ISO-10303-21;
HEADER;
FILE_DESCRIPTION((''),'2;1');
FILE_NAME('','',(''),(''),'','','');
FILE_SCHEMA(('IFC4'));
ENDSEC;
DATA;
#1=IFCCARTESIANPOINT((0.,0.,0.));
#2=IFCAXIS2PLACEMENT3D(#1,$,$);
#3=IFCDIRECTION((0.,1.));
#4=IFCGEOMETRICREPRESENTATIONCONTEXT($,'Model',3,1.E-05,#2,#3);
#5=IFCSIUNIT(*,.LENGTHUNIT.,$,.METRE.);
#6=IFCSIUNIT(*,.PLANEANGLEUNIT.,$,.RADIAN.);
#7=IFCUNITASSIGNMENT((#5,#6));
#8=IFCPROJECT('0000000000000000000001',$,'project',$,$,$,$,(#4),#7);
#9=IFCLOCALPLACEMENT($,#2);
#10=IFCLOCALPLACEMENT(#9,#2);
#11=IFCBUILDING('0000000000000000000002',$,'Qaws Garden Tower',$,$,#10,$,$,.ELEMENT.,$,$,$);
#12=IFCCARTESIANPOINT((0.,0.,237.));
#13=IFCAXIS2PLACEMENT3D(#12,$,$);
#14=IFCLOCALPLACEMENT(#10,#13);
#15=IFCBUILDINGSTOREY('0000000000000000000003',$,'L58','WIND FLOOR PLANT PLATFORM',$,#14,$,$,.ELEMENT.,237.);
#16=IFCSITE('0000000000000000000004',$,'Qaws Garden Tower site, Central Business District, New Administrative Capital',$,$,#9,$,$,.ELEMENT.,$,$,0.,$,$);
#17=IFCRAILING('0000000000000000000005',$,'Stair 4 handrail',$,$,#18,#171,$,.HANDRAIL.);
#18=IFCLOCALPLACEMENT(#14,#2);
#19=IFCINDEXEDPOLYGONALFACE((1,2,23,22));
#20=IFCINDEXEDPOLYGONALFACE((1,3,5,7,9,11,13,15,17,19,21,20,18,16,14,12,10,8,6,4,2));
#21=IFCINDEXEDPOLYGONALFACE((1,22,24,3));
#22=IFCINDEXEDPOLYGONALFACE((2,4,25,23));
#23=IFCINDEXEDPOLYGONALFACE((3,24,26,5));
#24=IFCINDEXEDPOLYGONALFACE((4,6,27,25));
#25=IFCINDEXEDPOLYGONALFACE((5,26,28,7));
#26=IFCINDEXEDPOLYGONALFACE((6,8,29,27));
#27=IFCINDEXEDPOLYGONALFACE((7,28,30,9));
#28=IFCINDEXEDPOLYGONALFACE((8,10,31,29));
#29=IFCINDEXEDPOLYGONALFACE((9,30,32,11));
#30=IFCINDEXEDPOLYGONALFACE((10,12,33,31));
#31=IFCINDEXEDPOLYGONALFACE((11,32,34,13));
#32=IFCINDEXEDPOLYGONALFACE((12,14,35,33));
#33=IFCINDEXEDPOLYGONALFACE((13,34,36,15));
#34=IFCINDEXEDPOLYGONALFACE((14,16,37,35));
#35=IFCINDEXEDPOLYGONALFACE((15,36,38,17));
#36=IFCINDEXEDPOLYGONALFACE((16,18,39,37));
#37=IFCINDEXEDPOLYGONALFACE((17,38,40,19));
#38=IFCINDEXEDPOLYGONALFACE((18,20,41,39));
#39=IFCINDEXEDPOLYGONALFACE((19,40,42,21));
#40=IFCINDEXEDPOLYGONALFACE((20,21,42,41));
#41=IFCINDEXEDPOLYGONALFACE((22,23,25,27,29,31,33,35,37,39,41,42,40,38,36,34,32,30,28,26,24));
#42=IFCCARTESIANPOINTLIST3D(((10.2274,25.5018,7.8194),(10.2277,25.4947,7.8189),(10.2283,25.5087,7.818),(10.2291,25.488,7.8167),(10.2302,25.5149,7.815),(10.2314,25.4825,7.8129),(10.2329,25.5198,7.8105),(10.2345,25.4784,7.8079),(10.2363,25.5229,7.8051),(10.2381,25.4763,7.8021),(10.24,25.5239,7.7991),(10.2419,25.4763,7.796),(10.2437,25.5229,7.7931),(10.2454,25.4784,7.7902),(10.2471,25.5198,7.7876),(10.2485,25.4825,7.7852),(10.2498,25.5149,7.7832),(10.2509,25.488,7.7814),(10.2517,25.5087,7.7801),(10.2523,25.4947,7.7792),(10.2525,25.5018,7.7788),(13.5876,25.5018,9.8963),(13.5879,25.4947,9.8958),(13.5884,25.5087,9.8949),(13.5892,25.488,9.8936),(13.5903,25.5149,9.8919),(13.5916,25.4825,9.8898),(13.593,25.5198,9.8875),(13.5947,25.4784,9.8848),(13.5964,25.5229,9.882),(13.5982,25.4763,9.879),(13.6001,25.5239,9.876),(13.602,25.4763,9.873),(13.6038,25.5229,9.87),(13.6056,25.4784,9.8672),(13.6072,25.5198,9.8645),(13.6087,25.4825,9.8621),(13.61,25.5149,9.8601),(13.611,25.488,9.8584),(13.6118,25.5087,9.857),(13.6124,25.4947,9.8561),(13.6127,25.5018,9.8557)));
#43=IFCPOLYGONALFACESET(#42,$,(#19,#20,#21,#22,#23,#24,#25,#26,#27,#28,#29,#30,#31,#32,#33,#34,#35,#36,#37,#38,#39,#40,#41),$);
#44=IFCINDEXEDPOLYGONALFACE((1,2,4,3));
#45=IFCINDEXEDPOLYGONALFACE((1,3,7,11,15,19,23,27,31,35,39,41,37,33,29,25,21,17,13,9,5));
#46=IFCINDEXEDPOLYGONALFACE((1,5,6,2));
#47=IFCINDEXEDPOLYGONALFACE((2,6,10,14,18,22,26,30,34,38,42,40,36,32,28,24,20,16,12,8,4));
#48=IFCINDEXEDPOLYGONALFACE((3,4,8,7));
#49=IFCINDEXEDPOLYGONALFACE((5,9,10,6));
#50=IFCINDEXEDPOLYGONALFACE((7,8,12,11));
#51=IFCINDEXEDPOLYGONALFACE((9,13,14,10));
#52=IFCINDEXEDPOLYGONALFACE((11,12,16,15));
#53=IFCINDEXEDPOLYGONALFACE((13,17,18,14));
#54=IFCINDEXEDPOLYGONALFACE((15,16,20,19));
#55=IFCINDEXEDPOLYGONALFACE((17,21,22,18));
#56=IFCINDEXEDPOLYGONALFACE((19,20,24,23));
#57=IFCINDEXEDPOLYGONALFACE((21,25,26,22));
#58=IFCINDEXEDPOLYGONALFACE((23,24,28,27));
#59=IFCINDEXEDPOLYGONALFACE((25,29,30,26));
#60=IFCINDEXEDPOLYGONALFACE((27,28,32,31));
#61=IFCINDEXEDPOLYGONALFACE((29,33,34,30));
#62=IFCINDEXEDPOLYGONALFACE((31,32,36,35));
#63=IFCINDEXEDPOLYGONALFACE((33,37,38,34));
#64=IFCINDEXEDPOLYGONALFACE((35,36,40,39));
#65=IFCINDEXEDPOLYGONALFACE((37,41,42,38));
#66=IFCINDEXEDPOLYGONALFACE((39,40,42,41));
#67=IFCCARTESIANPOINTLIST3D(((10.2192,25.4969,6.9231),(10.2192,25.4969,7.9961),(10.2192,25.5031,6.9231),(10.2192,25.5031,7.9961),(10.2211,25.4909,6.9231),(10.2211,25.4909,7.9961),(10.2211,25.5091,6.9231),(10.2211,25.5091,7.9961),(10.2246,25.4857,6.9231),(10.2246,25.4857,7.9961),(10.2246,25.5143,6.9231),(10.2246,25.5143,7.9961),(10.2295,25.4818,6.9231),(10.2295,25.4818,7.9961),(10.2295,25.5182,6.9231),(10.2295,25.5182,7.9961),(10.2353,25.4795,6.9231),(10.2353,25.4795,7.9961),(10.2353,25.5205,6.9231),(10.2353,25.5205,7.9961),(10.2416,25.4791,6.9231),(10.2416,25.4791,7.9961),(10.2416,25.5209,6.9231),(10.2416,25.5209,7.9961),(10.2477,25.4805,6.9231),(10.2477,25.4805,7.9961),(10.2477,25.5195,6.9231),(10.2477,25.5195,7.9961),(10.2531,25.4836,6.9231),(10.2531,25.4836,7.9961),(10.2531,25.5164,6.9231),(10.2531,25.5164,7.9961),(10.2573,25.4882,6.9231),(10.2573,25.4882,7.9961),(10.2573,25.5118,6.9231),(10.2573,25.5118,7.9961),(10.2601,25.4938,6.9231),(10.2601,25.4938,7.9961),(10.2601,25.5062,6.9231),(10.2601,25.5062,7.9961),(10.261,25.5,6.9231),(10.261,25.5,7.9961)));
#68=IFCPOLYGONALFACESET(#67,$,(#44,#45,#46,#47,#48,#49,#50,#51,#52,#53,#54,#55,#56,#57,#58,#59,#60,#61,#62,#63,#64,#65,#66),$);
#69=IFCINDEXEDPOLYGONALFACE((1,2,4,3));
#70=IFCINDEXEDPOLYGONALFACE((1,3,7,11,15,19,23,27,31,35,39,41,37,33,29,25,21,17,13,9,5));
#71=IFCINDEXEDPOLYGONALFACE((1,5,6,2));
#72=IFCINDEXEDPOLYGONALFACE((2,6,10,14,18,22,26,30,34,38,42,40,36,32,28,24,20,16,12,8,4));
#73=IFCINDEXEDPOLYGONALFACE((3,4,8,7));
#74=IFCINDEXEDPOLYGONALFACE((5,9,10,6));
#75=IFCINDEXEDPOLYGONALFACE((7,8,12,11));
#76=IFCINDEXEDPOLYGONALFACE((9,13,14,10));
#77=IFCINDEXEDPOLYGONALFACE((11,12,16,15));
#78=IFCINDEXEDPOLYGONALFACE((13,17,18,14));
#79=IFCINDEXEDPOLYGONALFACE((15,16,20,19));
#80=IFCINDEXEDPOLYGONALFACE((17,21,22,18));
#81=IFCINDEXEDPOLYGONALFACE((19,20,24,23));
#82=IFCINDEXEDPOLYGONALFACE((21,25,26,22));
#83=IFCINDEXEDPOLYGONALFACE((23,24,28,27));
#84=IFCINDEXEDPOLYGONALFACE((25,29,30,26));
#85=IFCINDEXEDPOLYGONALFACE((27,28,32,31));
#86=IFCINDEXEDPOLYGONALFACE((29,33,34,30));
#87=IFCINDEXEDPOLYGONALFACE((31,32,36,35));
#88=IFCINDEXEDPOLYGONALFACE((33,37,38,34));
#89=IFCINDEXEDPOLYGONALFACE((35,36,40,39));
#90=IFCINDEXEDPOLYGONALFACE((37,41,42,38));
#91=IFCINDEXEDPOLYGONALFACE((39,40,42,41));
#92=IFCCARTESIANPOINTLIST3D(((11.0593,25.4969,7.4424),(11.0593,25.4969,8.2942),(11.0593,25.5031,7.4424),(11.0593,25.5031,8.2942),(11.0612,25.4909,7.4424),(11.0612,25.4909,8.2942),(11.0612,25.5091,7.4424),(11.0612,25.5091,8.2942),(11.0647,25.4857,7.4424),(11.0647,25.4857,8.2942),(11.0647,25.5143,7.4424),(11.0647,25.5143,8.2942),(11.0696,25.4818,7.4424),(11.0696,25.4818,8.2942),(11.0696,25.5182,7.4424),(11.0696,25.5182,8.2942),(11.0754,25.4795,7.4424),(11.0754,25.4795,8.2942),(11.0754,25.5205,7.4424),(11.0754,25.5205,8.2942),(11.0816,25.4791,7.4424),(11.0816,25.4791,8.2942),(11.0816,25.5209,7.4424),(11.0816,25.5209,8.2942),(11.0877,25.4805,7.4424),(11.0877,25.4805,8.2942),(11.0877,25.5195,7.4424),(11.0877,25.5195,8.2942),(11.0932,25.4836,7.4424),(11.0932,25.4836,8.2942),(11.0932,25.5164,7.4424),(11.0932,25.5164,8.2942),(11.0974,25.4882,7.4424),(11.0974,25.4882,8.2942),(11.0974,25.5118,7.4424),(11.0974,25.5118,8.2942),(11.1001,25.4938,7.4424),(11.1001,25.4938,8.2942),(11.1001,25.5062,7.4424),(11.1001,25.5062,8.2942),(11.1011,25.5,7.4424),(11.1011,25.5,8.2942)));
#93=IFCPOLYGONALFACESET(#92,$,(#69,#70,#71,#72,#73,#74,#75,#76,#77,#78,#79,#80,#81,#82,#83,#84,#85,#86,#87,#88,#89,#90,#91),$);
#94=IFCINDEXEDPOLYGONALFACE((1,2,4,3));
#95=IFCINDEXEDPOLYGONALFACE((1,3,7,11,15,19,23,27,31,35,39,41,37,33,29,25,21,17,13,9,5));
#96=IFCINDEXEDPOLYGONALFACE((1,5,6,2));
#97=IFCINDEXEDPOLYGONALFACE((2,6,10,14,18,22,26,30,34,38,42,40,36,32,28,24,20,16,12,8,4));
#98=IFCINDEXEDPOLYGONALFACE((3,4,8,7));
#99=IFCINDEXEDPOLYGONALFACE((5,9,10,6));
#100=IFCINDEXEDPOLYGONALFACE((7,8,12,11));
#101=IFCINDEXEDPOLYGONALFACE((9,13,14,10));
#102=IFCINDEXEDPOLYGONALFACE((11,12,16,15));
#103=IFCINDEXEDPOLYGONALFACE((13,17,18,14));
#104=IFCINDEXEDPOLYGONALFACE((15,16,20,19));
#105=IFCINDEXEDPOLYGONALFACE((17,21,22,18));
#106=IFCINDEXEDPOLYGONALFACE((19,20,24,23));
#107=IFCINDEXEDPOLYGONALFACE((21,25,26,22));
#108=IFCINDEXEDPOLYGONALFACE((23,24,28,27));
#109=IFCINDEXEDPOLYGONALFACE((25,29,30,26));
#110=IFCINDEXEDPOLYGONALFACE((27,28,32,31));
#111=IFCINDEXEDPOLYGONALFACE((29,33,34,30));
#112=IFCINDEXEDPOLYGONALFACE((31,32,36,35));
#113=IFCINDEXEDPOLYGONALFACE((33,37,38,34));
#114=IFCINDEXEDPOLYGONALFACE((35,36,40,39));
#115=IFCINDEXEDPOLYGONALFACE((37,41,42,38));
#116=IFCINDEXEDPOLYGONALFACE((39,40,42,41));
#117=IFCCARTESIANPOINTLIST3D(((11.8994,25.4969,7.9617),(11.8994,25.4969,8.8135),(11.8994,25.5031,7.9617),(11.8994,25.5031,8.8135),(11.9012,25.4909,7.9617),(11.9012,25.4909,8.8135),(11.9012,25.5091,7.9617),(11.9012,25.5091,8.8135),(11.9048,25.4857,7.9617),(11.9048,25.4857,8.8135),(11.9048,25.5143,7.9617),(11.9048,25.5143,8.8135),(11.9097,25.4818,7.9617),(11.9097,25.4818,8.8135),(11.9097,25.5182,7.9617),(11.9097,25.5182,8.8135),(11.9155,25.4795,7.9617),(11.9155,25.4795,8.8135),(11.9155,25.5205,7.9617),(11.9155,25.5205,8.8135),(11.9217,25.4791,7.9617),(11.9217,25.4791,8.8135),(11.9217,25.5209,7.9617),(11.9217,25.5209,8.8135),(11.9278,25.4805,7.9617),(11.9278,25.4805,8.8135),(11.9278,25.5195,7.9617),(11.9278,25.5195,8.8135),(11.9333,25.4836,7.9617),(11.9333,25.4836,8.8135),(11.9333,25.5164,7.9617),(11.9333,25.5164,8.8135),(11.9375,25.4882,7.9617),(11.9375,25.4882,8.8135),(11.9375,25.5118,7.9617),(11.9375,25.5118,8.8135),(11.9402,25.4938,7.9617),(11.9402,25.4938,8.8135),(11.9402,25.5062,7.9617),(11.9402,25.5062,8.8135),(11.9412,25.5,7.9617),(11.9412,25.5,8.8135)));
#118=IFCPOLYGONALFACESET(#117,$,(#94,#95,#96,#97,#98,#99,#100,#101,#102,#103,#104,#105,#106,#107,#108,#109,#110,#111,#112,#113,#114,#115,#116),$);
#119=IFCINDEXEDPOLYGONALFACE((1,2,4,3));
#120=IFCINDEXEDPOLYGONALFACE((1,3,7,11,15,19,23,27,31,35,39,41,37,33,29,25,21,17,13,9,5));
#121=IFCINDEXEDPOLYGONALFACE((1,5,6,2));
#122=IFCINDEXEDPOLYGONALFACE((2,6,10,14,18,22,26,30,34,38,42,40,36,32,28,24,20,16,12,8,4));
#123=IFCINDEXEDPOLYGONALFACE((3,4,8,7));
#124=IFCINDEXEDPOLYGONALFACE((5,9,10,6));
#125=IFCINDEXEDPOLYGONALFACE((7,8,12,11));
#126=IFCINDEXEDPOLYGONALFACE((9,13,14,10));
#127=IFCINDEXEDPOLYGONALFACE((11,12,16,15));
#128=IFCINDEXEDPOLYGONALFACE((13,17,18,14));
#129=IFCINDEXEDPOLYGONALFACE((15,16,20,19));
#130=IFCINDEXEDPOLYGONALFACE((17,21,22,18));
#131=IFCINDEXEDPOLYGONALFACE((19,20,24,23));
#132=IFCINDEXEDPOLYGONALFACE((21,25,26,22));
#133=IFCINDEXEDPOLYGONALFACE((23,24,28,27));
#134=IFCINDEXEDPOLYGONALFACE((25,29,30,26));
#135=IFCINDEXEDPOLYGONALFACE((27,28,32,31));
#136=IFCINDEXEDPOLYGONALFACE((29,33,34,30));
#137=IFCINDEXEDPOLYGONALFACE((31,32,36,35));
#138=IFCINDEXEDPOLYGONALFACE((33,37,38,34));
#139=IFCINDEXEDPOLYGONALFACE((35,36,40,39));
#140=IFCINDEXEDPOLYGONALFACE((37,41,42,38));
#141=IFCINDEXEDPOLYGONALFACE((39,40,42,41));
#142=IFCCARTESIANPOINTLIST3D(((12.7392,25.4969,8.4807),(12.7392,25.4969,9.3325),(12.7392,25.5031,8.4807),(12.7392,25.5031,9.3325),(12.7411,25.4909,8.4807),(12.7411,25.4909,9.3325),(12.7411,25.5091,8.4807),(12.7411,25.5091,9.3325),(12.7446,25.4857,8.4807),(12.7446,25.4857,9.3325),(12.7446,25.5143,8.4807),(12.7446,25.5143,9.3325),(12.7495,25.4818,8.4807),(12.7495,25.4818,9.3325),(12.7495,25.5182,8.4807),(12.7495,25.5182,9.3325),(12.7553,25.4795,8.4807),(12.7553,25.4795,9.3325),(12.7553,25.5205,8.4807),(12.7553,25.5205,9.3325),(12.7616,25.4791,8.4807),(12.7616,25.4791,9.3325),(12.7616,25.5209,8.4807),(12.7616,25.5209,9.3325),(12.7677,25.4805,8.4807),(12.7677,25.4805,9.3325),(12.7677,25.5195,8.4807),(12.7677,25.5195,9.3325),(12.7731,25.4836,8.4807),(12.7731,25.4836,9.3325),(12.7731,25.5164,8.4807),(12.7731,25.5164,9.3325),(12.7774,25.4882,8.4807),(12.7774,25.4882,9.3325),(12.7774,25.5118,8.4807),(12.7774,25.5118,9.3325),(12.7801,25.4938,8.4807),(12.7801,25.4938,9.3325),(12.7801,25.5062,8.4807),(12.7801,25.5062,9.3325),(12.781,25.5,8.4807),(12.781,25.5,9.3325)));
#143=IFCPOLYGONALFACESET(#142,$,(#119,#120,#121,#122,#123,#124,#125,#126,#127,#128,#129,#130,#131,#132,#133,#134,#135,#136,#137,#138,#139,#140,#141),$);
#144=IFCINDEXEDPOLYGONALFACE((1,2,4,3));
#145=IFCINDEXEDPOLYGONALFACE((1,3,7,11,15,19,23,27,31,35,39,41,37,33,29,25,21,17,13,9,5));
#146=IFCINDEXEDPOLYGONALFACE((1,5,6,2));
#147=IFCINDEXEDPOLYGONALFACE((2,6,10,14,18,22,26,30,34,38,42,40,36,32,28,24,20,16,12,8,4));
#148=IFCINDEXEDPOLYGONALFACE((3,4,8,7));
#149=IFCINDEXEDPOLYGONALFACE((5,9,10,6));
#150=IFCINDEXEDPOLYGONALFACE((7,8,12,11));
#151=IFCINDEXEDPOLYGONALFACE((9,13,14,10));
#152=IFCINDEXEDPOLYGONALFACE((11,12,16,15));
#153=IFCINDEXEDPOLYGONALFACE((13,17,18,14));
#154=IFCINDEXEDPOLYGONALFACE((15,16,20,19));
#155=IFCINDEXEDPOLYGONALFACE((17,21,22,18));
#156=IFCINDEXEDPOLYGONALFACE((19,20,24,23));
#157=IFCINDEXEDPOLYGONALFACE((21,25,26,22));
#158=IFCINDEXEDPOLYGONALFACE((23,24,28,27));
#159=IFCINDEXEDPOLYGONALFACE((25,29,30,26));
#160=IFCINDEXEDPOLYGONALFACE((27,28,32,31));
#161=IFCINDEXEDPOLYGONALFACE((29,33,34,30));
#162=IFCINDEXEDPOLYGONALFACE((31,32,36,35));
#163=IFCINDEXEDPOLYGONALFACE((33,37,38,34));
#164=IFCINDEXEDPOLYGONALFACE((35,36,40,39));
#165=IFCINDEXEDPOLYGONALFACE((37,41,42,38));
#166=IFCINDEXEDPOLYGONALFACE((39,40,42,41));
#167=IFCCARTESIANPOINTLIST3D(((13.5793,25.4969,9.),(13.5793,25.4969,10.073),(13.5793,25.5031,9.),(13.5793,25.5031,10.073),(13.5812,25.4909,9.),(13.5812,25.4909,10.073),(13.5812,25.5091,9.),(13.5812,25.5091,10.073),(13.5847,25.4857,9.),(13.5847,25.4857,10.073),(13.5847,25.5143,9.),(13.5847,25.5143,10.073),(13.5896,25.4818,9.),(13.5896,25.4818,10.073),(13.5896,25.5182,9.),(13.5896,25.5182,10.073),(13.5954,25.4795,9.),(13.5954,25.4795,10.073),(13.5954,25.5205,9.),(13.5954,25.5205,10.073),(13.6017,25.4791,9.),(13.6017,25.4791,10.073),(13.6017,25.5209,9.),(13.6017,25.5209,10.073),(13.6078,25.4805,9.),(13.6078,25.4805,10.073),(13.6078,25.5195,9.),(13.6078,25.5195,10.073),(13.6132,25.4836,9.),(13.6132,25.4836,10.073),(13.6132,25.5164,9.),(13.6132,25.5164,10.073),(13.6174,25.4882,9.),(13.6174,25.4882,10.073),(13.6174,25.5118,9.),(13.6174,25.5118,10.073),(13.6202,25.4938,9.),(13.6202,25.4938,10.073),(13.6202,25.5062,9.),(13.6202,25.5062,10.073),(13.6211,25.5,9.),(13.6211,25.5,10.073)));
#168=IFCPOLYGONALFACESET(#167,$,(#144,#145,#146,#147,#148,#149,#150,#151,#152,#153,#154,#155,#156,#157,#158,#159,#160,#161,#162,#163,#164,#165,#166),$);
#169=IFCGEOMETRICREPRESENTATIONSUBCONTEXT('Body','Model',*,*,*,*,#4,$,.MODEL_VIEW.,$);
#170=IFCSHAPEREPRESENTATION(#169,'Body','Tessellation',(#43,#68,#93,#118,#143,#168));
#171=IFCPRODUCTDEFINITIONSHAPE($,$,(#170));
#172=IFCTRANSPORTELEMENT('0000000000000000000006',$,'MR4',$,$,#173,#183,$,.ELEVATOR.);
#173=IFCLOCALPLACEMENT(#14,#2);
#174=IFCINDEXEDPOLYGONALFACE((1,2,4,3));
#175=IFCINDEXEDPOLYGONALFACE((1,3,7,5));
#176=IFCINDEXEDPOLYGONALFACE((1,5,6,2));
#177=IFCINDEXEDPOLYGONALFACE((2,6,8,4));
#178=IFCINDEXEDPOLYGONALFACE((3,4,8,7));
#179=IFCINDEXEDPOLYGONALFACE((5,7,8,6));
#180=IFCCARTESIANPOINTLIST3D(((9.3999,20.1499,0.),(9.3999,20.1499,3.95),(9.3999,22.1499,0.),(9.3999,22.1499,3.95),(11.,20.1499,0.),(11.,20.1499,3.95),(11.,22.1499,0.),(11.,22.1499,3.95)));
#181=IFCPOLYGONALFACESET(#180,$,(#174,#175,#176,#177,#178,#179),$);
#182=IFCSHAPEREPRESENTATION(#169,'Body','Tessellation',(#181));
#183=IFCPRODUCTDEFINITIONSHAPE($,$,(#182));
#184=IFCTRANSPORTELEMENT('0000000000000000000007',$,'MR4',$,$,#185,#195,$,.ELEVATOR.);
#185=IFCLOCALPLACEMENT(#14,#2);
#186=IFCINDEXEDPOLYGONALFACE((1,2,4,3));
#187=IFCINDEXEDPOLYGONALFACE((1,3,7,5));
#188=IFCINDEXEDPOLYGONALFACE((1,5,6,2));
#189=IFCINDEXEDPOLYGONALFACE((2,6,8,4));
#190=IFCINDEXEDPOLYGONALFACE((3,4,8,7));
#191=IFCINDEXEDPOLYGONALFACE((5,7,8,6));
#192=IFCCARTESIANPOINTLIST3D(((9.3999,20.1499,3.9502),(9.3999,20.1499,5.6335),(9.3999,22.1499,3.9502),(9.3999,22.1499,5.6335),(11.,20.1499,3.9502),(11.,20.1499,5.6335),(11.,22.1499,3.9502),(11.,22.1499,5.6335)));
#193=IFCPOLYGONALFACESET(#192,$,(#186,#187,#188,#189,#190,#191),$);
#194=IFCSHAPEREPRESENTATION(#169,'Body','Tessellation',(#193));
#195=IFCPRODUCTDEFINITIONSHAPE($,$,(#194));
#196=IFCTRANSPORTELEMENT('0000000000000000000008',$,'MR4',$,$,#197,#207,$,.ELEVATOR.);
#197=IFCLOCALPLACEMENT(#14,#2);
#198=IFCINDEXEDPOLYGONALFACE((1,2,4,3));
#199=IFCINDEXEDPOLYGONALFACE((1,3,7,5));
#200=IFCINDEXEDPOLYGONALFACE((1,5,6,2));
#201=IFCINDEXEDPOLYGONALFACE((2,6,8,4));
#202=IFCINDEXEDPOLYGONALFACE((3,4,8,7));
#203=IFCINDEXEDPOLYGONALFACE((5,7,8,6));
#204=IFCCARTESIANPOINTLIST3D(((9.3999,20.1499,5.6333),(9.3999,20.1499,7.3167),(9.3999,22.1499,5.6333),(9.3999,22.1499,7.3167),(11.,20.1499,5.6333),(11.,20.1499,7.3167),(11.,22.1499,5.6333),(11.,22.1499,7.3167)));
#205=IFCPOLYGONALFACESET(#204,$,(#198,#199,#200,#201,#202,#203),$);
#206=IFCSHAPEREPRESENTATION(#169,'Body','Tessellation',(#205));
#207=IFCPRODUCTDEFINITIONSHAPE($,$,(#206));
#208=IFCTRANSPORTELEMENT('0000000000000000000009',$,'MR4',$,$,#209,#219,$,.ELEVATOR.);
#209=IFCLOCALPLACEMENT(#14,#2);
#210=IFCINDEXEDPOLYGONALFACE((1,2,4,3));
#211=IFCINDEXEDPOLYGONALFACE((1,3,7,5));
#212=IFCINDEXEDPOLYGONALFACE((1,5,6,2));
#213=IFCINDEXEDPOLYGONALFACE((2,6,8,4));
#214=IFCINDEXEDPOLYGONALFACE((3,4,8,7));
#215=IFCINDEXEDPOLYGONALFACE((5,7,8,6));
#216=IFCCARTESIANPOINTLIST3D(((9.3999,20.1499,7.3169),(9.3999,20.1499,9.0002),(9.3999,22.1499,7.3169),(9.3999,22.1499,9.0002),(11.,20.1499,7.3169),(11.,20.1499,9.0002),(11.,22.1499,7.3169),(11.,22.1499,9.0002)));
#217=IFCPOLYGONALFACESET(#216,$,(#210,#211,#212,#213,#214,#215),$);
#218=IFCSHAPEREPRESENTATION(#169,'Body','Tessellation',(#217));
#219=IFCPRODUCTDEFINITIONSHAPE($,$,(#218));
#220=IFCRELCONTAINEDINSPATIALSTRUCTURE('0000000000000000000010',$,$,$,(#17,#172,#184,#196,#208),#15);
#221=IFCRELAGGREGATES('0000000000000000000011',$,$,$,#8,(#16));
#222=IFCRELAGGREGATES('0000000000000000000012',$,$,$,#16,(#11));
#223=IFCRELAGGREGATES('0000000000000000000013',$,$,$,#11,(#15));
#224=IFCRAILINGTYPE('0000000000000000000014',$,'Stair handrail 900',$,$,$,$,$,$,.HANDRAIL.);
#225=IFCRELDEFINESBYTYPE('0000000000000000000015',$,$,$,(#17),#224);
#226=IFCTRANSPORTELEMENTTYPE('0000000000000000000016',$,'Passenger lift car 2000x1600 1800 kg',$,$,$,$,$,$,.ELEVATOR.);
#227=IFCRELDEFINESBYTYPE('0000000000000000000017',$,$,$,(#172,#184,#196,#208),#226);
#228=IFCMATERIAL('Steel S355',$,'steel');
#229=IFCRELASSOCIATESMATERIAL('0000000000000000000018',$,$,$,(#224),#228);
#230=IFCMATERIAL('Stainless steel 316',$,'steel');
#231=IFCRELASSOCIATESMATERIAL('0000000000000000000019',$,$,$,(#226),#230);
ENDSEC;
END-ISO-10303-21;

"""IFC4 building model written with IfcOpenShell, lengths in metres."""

from ifc_helpers import new_model, si_unit, direction, frame, origin, origin_2d, place, context, subcontext, project, spatial, rectangle, circle, extrude, material, type_object, element, save


model = new_model("IFC4")

# Units and contexts
model_context = context("Model", 3, precision=1e-05, world=origin(), true_north=direction((0.0, 1.0)))
body_context = subcontext(model_context, "Body", "Model", "MODEL_VIEW")
ifc_project = project(units=[si_unit("LENGTHUNIT", "METRE"), si_unit("PLANEANGLEUNIT", "RADIAN")], contexts=[model_context])

# Site, building, storey
site_placement = place(None, origin())
site = spatial("IfcSite", under=ifc_project, at=site_placement, Name="Qaws Garden Tower site, Central Business District, New Administrative Capital", CompositionType="ELEMENT", RefElevation=0.0)
building_placement = place(site_placement, origin())
building = spatial("IfcBuilding", under=site, at=building_placement, Name="Qaws Garden Tower", CompositionType="ELEMENT")
storey_placement = place(building_placement, frame((0.0, 0.0, 237.0)))
storey = spatial("IfcBuildingStorey", under=building, at=storey_placement, Name="L58", Description="WIND FLOOR PLANT PLATFORM", CompositionType="ELEMENT", Elevation=237.0)

# Railing
ifc_material_1 = material(Name="Steel S355", Category="steel")
railing_type_1 = type_object("IfcRailingType", Name="Stair handrail 900", PredefinedType="HANDRAIL", material=ifc_material_1)
railing_1_placement = place(storey_placement, frame((10.24, 25.5, 6.9231)))
element("IfcRailing", 1, at=railing_1_placement, inside=storey, type_object=railing_type_1, Name="Stair 4 handrail", PredefinedType="HANDRAIL", context=body_context, shape_type="SweptSolid", body=[
    extrude(circle(Radius=0.0239, at=origin_2d()), frame((0.0, 0.0, 0.876), z_axis=(0.850623, 0.0, 0.525776), x_axis=(0.0, 1.0, 0.0)), (0.0, 0.0, 1.0), 3.9502),
    extrude(circle(Radius=0.021, at=origin_2d()), origin(), (0.0, 0.0, 1.0), 1.073),
    extrude(circle(Radius=0.021, at=origin_2d()), frame((0.8401, 0.0, 0.5193)), (0.0, 0.0, 1.0), 0.8518),
    extrude(circle(Radius=0.021, at=origin_2d()), frame((1.6802, 0.0, 1.0386)), (0.0, 0.0, 1.0), 0.8518),
    extrude(circle(Radius=0.021, at=origin_2d()), frame((2.52, 0.0, 1.5576)), (0.0, 0.0, 1.0), 0.8518),
    extrude(circle(Radius=0.021, at=origin_2d()), frame((3.3601, 0.0, 2.0769)), (0.0, 0.0, 1.0), 1.073),
])

# Transport elements
ifc_material_2 = material(Name="Stainless steel 316", Category="steel")
transport_element_type = type_object("IfcTransportElementType", Name="Passenger lift car 2000x1600 1800 kg", PredefinedType="ELEVATOR", material=ifc_material_2)
transport_element_placement = place(storey_placement, frame((10.2, 21.1499, 0.0), z_axis=(0.0, 0.0, 1.0), x_axis=(1.0, 0.0, 0.0)))
element("IfcTransportElement", 2, at=transport_element_placement, inside=storey, type_object=transport_element_type, Name="MR4", PredefinedType="ELEVATOR", context=body_context, shape_type="SweptSolid", body=[
    extrude(rectangle(XDim=1.6001, YDim=2.0, at=origin_2d()), origin(), (0.0, 0.0, 1.0), 3.95),
])
for number, where, z_axis, x_axis, name in (
    (3, (10.2, 21.1499, 3.9502), (0.0, 0.0, 1.0), (1.0, 0.0, 0.0), "MR4"),
    (4, (10.2, 21.1499, 5.6333), (0.0, 0.0, 1.0), (1.0, 0.0, 0.0), "MR4"),
    (5, (10.2, 21.1499, 7.3169), (0.0, 0.0, 1.0), (1.0, 0.0, 0.0), "MR4"),
):
    element("IfcTransportElement", number, at=place(storey_placement, frame(where, z_axis=z_axis, x_axis=x_axis)), inside=storey, type_object=transport_element_type, Name=name, PredefinedType="ELEVATOR", context=body_context, shape_type="SweptSolid", body=[
        extrude(rectangle(XDim=1.6001, YDim=2.0, at=origin_2d()), origin(), (0.0, 0.0, 1.0), 1.6833),
    ])

save(model, "model.ifc")
